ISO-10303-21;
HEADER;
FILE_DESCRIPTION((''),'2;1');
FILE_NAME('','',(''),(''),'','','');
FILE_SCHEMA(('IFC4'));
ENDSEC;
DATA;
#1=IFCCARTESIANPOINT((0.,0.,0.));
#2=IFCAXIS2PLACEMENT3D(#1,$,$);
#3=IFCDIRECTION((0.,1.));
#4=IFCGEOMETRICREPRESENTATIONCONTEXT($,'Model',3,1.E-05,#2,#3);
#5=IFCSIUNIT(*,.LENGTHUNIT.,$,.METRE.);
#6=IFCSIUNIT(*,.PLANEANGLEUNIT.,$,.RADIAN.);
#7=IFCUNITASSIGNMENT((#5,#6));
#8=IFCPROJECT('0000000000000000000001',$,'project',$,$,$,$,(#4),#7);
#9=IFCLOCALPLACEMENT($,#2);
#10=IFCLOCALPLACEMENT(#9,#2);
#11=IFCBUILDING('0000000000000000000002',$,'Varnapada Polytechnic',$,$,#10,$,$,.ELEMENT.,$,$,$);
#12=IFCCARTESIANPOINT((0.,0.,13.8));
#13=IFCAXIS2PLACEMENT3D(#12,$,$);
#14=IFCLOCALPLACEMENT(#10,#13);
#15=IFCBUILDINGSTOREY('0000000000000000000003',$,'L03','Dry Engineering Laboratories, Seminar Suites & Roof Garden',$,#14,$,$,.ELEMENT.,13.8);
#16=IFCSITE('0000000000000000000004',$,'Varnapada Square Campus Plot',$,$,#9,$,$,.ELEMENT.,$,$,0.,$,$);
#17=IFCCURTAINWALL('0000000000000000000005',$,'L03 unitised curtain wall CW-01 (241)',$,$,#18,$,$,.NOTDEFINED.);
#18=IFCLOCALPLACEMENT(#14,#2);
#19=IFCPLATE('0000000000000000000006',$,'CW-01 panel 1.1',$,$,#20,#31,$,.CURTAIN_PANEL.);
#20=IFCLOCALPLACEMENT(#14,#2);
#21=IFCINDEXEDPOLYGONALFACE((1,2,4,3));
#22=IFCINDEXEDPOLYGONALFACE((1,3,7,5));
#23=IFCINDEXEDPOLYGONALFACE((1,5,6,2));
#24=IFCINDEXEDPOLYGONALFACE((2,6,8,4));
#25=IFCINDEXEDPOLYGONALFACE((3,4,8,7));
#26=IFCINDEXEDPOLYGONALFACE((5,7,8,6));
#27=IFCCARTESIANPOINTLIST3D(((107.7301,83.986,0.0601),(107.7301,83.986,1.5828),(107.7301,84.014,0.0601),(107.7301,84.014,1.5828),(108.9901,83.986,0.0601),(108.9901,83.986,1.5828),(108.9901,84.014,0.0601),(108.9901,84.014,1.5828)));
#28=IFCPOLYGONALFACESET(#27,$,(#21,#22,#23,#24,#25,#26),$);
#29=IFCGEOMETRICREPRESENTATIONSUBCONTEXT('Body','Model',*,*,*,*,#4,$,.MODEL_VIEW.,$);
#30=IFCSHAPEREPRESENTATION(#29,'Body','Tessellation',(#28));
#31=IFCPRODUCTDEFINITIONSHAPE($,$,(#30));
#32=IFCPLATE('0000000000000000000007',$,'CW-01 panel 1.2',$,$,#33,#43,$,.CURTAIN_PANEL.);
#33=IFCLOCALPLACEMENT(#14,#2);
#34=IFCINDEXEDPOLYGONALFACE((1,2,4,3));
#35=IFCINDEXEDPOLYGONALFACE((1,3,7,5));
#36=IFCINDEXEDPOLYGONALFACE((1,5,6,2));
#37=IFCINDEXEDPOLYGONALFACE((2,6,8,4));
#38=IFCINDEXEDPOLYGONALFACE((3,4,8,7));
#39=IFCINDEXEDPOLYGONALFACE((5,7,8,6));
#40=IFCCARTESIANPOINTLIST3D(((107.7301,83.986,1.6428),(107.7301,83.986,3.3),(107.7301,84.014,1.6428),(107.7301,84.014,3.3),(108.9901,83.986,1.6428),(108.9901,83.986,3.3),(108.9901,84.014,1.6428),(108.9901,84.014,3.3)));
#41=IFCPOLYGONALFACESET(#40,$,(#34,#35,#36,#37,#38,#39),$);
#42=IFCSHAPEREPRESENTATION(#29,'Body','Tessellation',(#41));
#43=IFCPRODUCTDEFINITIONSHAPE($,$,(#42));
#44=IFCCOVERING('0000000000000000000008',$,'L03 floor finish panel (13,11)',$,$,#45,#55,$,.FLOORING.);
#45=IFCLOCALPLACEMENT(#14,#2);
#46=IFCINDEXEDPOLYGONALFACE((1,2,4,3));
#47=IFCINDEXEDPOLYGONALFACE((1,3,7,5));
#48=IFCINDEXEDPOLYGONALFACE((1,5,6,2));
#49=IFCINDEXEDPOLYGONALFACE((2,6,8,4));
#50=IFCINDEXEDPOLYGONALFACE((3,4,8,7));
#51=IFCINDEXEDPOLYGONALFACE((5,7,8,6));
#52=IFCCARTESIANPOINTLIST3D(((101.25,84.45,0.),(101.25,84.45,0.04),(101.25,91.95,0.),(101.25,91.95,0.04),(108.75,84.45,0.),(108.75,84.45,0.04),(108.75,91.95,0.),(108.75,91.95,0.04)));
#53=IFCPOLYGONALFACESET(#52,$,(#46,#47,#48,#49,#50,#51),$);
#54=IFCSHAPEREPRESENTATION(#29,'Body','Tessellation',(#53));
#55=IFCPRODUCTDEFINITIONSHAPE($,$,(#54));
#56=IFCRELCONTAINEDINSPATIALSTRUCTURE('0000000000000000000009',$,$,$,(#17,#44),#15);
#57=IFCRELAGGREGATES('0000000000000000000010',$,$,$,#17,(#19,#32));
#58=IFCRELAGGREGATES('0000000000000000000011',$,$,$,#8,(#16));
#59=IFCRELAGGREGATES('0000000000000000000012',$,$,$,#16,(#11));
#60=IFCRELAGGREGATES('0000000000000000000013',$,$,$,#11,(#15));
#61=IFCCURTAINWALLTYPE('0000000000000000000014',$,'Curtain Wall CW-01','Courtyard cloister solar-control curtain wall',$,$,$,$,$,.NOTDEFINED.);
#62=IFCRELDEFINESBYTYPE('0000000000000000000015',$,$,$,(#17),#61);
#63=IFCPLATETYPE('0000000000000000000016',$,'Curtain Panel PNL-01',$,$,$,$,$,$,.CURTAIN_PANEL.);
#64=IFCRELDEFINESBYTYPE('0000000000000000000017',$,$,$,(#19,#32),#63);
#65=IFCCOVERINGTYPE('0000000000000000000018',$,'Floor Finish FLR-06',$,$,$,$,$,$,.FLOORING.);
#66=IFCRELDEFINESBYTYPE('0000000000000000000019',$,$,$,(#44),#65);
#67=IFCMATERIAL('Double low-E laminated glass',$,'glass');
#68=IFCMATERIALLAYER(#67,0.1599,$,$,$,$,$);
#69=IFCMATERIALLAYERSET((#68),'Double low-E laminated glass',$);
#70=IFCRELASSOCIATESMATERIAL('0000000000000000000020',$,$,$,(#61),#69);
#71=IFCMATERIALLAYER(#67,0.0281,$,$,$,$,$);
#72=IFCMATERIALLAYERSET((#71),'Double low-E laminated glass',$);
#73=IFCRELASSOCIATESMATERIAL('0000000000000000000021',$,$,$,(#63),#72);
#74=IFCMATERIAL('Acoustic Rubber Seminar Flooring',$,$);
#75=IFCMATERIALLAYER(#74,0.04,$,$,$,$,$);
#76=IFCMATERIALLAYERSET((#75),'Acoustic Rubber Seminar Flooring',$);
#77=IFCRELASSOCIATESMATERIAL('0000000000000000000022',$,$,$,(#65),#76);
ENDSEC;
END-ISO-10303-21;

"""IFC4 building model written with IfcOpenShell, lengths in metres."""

from ifc_helpers import new_model, si_unit, direction, frame, origin, origin_2d, place, context, subcontext, project, spatial, rectangle, extrude, material, layer, layer_set, type_object, element, aggregate, save


model = new_model("IFC4")

# Units and contexts
model_context = context("Model", 3, precision=1e-05, world=origin(), true_north=direction((0.0, 1.0)))
body_context = subcontext(model_context, "Body", "Model", "MODEL_VIEW")
ifc_project = project(units=[si_unit("LENGTHUNIT", "METRE"), si_unit("PLANEANGLEUNIT", "RADIAN")], contexts=[model_context])

# Site, building, storey
site_placement = place(None, origin())
site = spatial("IfcSite", under=ifc_project, at=site_placement, Name="Varnapada Square Campus Plot", CompositionType="ELEMENT", RefElevation=0.0)
building_placement = place(site_placement, origin())
building = spatial("IfcBuilding", under=site, at=building_placement, Name="Varnapada Polytechnic", CompositionType="ELEMENT")
storey_placement = place(building_placement, frame((0.0, 0.0, 13.8)))
storey = spatial("IfcBuildingStorey", under=building, at=storey_placement, Name="L03", Description="Dry Engineering Laboratories, Seminar Suites & Roof Garden", CompositionType="ELEMENT", Elevation=13.8)

# Curtain wall
ifc_material_1 = material(Name="Double low-E laminated glass", Category="glass")
ifc_layer_1 = layer(ifc_material_1, 0.1599)
ifc_layer_set_1 = layer_set([ifc_layer_1], Name="Double low-E laminated glass")
curtain_wall_type = type_object("IfcCurtainWallType", Name="Curtain Wall CW-01", Description="Courtyard cloister solar-control curtain wall", PredefinedType="NOTDEFINED", material=ifc_layer_set_1)
curtain_wall_placement = place(storey_placement, origin())
curtain_wall = element("IfcCurtainWall", 1, at=curtain_wall_placement, inside=storey, type_object=curtain_wall_type, Name="L03 unitised curtain wall CW-01 (241)", PredefinedType="NOTDEFINED")

# Plates
ifc_layer_2 = layer(ifc_material_1, 0.0281)
ifc_layer_set_2 = layer_set([ifc_layer_2], Name="Double low-E laminated glass")
plate_type = type_object("IfcPlateType", Name="Curtain Panel PNL-01", PredefinedType="CURTAIN_PANEL", material=ifc_layer_set_2)
plate_1_placement = place(storey_placement, frame((108.3601, 84.0, 0.0601), z_axis=(0.0, 0.0, 1.0), x_axis=(-1.0, 0.0, 0.0)))
plate_1 = element("IfcPlate", 2, at=plate_1_placement, type_object=plate_type, Name="CW-01 panel 1.1", PredefinedType="CURTAIN_PANEL", context=body_context, shape_type="SweptSolid", body=[
    extrude(rectangle(XDim=1.26, YDim=0.0281, at=origin_2d()), origin(), (0.0, 0.0, 1.0), 1.5227),
])
plate_2_placement = place(storey_placement, frame((108.3601, 84.0, 1.6428), z_axis=(0.0, 0.0, 1.0), x_axis=(-1.0, 0.0, 0.0)))
plate_2 = element("IfcPlate", 3, at=plate_2_placement, type_object=plate_type, Name="CW-01 panel 1.2", PredefinedType="CURTAIN_PANEL", context=body_context, shape_type="SweptSolid", body=[
    extrude(rectangle(XDim=1.26, YDim=0.0281, at=origin_2d()), origin(), (0.0, 0.0, 1.0), 1.6572),
])
aggregate(curtain_wall, [plate_1, plate_2])

# Covering
ifc_material_2 = material(Name="Acoustic Rubber Seminar Flooring")
ifc_layer_3 = layer(ifc_material_2, 0.04)
ifc_layer_set_3 = layer_set([ifc_layer_3], Name="Acoustic Rubber Seminar Flooring")
covering_type = type_object("IfcCoveringType", Name="Floor Finish FLR-06", PredefinedType="FLOORING", material=ifc_layer_set_3)
covering_placement = place(storey_placement, frame((105.0, 88.2, 0.0), z_axis=(0.0, 0.0, 1.0), x_axis=(1.0, 0.0, 0.0)))
element("IfcCovering", 4, at=covering_placement, inside=storey, type_object=covering_type, Name="L03 floor finish panel (13,11)", PredefinedType="FLOORING", context=body_context, shape_type="SweptSolid", body=[
    extrude(rectangle(XDim=7.5, YDim=7.5, at=origin_2d()), origin(), (0.0, 0.0, 1.0), 0.04),
])

save(model, "model.ifc")
